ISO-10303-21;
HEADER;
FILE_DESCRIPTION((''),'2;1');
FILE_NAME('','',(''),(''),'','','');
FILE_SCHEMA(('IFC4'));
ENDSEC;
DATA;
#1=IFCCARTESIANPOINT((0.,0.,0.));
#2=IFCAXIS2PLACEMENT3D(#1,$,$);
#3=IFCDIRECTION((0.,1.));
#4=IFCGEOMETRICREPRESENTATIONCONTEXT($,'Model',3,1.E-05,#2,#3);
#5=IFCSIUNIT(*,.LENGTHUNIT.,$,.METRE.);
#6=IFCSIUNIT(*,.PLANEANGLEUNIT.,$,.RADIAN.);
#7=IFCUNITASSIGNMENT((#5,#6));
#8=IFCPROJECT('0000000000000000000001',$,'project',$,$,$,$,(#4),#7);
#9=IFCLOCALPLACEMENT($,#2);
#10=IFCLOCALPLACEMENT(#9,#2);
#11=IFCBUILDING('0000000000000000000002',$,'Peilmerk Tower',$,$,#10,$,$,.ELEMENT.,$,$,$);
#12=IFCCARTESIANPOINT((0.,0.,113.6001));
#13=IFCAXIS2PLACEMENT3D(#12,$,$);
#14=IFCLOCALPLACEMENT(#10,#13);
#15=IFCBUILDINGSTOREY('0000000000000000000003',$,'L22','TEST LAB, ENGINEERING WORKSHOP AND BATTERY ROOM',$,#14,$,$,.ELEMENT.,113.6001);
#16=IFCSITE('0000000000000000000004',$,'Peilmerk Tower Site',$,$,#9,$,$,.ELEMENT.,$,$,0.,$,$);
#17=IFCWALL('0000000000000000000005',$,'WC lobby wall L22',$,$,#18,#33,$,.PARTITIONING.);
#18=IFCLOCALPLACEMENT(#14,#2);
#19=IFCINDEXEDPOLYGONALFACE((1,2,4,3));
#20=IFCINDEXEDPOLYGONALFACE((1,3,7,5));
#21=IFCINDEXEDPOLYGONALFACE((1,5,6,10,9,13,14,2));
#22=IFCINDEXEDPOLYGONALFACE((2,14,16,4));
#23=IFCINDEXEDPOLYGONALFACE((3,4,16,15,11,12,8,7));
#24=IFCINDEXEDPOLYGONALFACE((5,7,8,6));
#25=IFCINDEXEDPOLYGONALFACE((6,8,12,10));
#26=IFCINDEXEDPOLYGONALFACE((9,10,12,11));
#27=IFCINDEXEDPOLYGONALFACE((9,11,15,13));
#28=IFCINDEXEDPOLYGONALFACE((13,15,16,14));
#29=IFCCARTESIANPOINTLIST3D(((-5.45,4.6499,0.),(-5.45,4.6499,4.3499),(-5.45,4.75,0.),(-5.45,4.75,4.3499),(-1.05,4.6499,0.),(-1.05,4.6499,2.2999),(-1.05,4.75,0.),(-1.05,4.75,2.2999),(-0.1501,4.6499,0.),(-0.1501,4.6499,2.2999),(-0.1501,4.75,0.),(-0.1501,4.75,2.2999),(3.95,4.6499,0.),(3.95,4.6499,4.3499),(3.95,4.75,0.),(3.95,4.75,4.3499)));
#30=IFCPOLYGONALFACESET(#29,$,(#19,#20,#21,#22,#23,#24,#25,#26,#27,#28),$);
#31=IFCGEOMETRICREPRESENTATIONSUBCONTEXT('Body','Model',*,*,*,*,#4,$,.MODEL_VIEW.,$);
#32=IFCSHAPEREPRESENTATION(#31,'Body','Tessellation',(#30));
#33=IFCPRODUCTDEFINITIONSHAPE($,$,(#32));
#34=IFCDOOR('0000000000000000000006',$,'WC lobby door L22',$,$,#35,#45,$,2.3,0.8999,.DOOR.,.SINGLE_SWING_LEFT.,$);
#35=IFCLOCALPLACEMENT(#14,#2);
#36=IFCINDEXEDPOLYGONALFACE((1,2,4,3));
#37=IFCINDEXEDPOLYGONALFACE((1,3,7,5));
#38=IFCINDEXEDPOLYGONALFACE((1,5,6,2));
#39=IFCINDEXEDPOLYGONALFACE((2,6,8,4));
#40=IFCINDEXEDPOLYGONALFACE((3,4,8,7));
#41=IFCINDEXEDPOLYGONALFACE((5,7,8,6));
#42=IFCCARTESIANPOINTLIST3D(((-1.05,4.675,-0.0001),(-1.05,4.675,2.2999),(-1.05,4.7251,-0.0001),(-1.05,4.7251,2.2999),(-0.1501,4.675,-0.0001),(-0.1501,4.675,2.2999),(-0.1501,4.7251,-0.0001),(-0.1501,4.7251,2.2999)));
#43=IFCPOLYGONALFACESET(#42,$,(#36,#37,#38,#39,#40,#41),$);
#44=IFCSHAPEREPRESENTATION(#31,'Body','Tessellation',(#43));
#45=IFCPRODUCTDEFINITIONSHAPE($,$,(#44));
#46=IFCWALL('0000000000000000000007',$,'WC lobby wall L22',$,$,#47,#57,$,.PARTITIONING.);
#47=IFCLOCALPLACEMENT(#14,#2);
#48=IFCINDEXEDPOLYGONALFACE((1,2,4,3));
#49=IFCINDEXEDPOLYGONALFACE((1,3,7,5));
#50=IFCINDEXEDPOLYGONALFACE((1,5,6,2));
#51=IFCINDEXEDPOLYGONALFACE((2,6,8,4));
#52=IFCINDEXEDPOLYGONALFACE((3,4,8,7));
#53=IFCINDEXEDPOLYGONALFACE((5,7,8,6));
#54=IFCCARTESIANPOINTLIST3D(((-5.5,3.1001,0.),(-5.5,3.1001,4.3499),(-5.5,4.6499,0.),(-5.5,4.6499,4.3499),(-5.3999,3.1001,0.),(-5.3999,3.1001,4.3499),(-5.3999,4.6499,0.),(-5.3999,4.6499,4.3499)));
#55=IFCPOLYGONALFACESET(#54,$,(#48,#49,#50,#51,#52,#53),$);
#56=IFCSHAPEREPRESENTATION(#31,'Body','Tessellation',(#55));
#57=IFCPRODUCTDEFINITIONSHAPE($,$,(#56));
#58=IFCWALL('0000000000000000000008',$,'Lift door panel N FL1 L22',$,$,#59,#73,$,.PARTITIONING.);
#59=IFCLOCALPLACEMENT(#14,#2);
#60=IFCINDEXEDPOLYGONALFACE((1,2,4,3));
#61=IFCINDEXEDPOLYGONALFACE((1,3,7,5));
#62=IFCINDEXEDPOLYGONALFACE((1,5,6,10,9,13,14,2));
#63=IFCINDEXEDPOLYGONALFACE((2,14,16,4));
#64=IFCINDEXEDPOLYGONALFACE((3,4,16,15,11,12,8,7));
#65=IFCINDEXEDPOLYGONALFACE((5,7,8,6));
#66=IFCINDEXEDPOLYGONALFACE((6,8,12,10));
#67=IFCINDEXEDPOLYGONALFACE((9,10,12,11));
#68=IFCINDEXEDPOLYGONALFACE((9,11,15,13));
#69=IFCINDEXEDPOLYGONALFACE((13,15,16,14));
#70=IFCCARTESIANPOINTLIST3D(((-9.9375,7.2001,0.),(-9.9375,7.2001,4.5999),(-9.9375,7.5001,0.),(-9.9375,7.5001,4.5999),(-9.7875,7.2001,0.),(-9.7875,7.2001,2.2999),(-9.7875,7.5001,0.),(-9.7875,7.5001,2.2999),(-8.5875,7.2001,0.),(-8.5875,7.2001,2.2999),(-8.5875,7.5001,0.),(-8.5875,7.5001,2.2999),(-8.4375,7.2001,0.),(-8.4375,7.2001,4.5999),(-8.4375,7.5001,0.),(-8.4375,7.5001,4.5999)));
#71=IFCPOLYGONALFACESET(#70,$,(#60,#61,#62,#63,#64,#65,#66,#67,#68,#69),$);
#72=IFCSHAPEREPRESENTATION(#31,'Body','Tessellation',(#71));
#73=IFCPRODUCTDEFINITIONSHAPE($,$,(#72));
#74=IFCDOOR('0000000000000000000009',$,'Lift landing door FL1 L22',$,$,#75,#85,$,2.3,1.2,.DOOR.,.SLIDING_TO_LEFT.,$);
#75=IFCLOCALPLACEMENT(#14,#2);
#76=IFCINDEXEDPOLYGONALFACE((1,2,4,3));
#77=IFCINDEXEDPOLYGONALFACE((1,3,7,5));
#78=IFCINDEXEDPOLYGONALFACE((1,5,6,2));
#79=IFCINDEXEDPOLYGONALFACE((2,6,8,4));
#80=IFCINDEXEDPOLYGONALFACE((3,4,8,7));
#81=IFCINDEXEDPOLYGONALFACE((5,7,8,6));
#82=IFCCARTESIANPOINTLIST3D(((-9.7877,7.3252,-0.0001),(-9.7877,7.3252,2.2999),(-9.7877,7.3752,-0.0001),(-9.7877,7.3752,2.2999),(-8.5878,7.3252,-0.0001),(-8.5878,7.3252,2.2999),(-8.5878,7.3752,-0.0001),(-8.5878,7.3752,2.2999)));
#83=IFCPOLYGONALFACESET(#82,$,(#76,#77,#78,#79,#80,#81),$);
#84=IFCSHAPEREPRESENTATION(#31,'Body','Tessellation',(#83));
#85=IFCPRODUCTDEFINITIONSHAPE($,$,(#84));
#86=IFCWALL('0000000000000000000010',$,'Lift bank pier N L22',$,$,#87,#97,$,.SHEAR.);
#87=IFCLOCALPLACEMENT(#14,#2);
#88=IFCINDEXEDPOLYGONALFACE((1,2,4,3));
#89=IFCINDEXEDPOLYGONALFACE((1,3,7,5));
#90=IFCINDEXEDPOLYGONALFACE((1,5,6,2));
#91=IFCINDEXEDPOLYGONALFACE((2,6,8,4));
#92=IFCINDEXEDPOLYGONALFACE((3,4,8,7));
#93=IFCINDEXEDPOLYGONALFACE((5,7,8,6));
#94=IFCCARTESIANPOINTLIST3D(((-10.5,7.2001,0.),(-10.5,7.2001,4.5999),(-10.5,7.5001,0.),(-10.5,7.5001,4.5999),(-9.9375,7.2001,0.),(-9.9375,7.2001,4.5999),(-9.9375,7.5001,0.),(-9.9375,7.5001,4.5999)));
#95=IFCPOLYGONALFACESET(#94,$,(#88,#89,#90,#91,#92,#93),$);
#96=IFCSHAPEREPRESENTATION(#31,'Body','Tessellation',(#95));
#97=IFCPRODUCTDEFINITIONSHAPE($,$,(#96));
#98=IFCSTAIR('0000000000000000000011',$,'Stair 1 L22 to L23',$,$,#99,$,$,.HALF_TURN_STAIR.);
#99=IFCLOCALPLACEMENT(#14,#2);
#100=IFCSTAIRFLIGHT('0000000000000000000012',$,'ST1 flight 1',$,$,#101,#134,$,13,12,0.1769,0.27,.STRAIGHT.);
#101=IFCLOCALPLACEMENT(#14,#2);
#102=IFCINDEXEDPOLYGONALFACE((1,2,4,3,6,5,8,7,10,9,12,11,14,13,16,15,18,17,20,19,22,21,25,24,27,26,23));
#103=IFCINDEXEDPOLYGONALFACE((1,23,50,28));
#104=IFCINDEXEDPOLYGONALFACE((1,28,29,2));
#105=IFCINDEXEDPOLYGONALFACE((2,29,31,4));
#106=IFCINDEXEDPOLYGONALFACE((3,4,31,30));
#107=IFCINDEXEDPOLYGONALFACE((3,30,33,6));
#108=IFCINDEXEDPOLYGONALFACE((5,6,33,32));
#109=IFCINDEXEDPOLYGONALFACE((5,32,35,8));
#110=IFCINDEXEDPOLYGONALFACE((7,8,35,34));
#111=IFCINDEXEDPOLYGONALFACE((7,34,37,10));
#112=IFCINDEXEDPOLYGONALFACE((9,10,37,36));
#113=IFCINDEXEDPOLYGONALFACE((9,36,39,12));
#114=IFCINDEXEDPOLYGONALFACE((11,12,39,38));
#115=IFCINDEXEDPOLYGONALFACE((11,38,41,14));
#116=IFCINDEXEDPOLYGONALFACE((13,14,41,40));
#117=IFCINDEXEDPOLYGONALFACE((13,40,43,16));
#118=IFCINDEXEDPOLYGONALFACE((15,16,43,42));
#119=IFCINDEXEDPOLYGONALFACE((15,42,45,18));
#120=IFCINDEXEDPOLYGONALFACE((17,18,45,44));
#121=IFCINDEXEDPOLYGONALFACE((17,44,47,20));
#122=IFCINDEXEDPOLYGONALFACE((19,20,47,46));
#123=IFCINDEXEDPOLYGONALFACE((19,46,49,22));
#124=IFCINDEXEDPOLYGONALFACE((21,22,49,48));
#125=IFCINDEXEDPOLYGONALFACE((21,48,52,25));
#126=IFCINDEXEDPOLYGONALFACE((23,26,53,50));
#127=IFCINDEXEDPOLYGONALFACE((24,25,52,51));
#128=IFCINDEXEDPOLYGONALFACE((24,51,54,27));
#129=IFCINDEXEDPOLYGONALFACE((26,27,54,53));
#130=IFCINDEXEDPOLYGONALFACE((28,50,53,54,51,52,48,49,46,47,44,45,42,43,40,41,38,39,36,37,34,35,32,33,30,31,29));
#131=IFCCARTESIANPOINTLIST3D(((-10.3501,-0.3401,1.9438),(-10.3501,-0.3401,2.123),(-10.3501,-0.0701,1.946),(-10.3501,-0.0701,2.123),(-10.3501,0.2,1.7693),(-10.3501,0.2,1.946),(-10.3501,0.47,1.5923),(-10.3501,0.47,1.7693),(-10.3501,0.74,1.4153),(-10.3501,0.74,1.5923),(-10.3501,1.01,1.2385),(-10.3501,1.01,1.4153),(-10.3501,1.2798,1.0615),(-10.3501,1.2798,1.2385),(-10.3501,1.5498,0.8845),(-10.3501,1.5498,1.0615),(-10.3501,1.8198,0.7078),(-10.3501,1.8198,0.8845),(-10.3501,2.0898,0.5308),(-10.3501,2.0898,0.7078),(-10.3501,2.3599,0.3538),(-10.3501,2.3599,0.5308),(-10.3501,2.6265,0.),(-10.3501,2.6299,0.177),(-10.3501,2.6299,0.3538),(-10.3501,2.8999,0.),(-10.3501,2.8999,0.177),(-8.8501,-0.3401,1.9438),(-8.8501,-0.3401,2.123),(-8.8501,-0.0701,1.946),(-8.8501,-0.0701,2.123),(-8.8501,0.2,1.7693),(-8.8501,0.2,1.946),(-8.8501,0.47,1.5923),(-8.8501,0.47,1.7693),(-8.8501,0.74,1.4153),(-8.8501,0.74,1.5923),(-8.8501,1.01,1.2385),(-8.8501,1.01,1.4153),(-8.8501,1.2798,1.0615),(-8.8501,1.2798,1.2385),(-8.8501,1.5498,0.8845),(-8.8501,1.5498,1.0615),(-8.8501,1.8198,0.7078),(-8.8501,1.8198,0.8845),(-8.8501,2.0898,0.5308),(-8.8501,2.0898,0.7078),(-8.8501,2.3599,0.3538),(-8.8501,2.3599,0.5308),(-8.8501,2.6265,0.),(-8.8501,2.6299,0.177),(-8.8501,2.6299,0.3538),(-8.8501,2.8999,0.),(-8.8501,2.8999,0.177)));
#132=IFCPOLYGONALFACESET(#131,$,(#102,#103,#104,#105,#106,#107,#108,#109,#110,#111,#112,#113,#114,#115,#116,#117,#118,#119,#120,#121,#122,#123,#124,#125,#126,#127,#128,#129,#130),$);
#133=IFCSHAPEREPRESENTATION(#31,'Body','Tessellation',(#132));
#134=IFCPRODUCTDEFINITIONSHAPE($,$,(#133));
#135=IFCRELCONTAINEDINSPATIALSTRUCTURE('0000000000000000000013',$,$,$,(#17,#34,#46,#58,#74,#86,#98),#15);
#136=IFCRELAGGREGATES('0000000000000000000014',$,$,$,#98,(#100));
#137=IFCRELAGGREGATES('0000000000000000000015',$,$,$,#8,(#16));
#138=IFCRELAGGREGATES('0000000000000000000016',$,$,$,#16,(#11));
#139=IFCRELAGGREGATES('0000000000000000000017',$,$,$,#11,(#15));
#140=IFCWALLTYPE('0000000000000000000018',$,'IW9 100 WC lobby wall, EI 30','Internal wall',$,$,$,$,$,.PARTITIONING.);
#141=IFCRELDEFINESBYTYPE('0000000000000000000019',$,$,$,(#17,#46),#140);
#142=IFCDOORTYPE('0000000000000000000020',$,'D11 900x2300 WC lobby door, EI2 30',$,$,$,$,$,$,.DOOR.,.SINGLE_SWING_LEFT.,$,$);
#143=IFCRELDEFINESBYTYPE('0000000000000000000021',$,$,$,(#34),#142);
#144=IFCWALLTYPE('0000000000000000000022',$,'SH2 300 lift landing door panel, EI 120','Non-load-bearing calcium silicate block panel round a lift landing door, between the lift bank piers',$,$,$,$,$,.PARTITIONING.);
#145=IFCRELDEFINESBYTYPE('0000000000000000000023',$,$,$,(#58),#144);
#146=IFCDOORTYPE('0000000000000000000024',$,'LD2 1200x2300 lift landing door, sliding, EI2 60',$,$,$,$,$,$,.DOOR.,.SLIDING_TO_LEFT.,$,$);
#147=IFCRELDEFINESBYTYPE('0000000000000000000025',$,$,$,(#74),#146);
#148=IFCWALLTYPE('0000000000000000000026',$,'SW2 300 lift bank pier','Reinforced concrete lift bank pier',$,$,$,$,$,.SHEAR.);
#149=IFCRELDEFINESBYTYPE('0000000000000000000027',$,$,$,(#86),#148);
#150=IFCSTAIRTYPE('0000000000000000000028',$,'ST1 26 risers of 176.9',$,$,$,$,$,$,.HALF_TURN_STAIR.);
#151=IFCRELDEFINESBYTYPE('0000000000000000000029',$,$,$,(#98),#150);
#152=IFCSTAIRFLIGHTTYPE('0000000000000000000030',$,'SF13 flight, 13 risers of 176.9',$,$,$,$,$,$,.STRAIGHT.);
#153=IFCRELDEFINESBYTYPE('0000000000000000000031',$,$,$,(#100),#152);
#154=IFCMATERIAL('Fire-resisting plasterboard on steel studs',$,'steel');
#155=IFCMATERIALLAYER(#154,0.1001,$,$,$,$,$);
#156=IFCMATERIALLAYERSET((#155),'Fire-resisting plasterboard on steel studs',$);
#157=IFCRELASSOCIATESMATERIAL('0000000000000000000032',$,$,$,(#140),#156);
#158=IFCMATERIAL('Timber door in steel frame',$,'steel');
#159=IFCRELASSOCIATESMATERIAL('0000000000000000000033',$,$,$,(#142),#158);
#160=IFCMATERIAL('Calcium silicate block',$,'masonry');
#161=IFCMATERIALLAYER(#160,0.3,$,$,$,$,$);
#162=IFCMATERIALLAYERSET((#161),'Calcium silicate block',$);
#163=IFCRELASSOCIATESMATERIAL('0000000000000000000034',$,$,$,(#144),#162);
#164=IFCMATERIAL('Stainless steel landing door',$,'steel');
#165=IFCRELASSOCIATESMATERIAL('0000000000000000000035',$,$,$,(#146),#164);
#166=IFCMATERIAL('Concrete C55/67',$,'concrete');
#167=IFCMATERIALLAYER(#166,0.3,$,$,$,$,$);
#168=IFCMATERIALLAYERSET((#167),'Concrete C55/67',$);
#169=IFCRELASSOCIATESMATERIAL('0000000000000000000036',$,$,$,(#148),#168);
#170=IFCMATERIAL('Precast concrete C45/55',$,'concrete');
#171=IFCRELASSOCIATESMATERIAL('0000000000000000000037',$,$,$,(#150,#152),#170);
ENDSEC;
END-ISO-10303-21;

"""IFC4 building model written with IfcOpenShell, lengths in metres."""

from ifc_helpers import new_model, si_unit, direction, frame, frame_2d, origin, place, context, subcontext, project, spatial, polyline, rectangle, outline, extrude, material, layer, layer_set, type_object, element, fill, aggregate, save


model = new_model("IFC4")

# Units and contexts
model_context = context("Model", 3, precision=1e-05, world=origin(), true_north=direction((0.0, 1.0)))
body_context = subcontext(model_context, "Body", "Model", "MODEL_VIEW")
ifc_project = project(units=[si_unit("LENGTHUNIT", "METRE"), si_unit("PLANEANGLEUNIT", "RADIAN")], contexts=[model_context])

# Site, building, storey
site_placement = place(None, origin())
site = spatial("IfcSite", under=ifc_project, at=site_placement, Name="Peilmerk Tower Site", CompositionType="ELEMENT", RefElevation=0.0)
building_placement = place(site_placement, origin())
building = spatial("IfcBuilding", under=site, at=building_placement, Name="Peilmerk Tower", CompositionType="ELEMENT")
storey_placement = place(building_placement, frame((0.0, 0.0, 113.6001)))
storey = spatial("IfcBuildingStorey", under=building, at=storey_placement, Name="L22", Description="TEST LAB, ENGINEERING WORKSHOP AND BATTERY ROOM", CompositionType="ELEMENT", Elevation=113.6001)

# Shared definitions
ifc_material_1 = material(Name="Concrete C55/67", Category="concrete")

# Shared definitions
ifc_material_2 = material(Name="Timber door in steel frame", Category="steel")

# Wall, opening, door
ifc_material_3 = material(Name="Fire-resisting plasterboard on steel studs", Category="steel")
ifc_layer_1 = layer(ifc_material_3, 0.1001)
ifc_layer_set_1 = layer_set([ifc_layer_1], Name="Fire-resisting plasterboard on steel studs")
wall_type_1 = type_object("IfcWallType", Name="IW9 100 WC lobby wall, EI 30", Description="Internal wall", PredefinedType="PARTITIONING", material=ifc_layer_set_1)
wall_1_placement = place(storey_placement, frame((-5.45, 4.7, 0.0), z_axis=(0.0, 0.0, 1.0), x_axis=(1.0, 0.0, 0.0)))
wall_1 = element("IfcWall", 1, at=wall_1_placement, inside=storey, type_object=wall_type_1, Name="WC lobby wall L22", PredefinedType="PARTITIONING", context=body_context, shape_type="SweptSolid", body=[
    extrude(rectangle(XDim=9.3999, YDim=0.1001, at=frame_2d((4.7, 0.0))), origin(), (0.0, 0.0, 1.0), 4.3499),
])
opening_1_placement = place(wall_1_placement, frame((4.3999, 0.0, 0.0)))
opening_1 = element("IfcOpeningElement", 2, at=opening_1_placement, cuts=wall_1, PredefinedType="OPENING", context=body_context, shape_type="SweptSolid", body=[
    extrude(rectangle(XDim=0.8999, YDim=2.3, at=frame_2d((0.45, 1.1499))), frame((0.0, 0.0601, 0.0), z_axis=(0.0, -1.0, 0.0), x_axis=(1.0, 0.0, 0.0)), (0.0, 0.0, 1.0), 0.1201),
])
door_type_1 = type_object("IfcDoorType", Name="D11 900x2300 WC lobby door, EI2 30", OperationType="SINGLE_SWING_LEFT", PredefinedType="DOOR", material=ifc_material_2)
door_1_placement = place(opening_1_placement, frame((0.8999, 0.0, 0.0), z_axis=(0.0, 0.0, 1.0), x_axis=(-1.0, 0.0, 0.0)))
door_1 = element("IfcDoor", 3, at=door_1_placement, inside=storey, type_object=door_type_1, Name="WC lobby door L22", OperationType="SINGLE_SWING_LEFT", OverallHeight=2.3, OverallWidth=0.8999, PredefinedType="DOOR", context=body_context, shape_type="SweptSolid", body=[
    extrude(rectangle(XDim=0.8999, YDim=2.3, at=frame_2d((0.45, 1.1499))), frame((0.0, 0.0249, 0.0), z_axis=(0.0, -1.0, 0.0), x_axis=(1.0, 0.0, 0.0)), (0.0, 0.0, 1.0), 0.05),
])
fill(opening_1, door_1)

# Wall
wall_2_placement = place(storey_placement, frame((-5.45, 3.1001, 0.0), z_axis=(0.0, 0.0, 1.0), x_axis=(0.0, 1.0, 0.0)))
element("IfcWall", 4, at=wall_2_placement, inside=storey, type_object=wall_type_1, Name="WC lobby wall L22", PredefinedType="PARTITIONING", context=body_context, shape_type="SweptSolid", body=[
    extrude(rectangle(XDim=1.5498, YDim=0.1001, at=frame_2d((0.7749, 0.0))), origin(), (0.0, 0.0, 1.0), 4.3499),
])

# Wall, opening, door
ifc_material_4 = material(Name="Calcium silicate block", Category="masonry")
ifc_layer_2 = layer(ifc_material_4, 0.3)
ifc_layer_set_2 = layer_set([ifc_layer_2], Name="Calcium silicate block")
wall_type_2 = type_object("IfcWallType", Name="SH2 300 lift landing door panel, EI 120", Description="Non-load-bearing calcium silicate block panel round a lift landing door, between the lift bank piers", PredefinedType="PARTITIONING", material=ifc_layer_set_2)
wall_3_placement = place(storey_placement, frame((-9.9375, 7.3501, 0.0), z_axis=(0.0, 0.0, 1.0), x_axis=(1.0, 0.0, 0.0)))
wall_3 = element("IfcWall", 5, at=wall_3_placement, inside=storey, type_object=wall_type_2, Name="Lift door panel N FL1 L22", PredefinedType="PARTITIONING", context=body_context, shape_type="SweptSolid", body=[
    extrude(rectangle(XDim=1.5, YDim=0.3, at=frame_2d((0.75, 0.0))), origin(), (0.0, 0.0, 1.0), 4.5999),
])
opening_2_placement = place(wall_3_placement, frame((0.1499, 0.0, 0.0)))
opening_2 = element("IfcOpeningElement", 6, at=opening_2_placement, cuts=wall_3, PredefinedType="OPENING", context=body_context, shape_type="SweptSolid", body=[
    extrude(rectangle(XDim=1.2, YDim=2.3, at=frame_2d((0.6001, 1.1499))), frame((0.0, 0.1599, 0.0), z_axis=(0.0, -1.0, 0.0), x_axis=(1.0, 0.0, 0.0)), (0.0, 0.0, 1.0), 0.3201),
])
ifc_material_5 = material(Name="Stainless steel landing door", Category="steel")
door_type_2 = type_object("IfcDoorType", Name="LD2 1200x2300 lift landing door, sliding, EI2 60", OperationType="SLIDING_TO_LEFT", PredefinedType="DOOR", material=ifc_material_5)
door_2_placement = place(opening_2_placement, frame((1.2, 0.0, 0.0), z_axis=(0.0, 0.0, 1.0), x_axis=(-1.0, 0.0, 0.0)))
door_2 = element("IfcDoor", 7, at=door_2_placement, inside=storey, type_object=door_type_2, Name="Lift landing door FL1 L22", OperationType="SLIDING_TO_LEFT", OverallHeight=2.3, OverallWidth=1.2, PredefinedType="DOOR", context=body_context, shape_type="SweptSolid", body=[
    extrude(rectangle(XDim=1.2, YDim=2.3, at=frame_2d((0.6001, 1.1499))), frame((0.0, 0.0249, 0.0), z_axis=(0.0, -1.0, 0.0), x_axis=(1.0, 0.0, 0.0)), (0.0, 0.0, 1.0), 0.05),
])
fill(opening_2, door_2)

# Wall
ifc_layer_3 = layer(ifc_material_1, 0.3)
ifc_layer_set_3 = layer_set([ifc_layer_3], Name="Concrete C55/67")
wall_type_3 = type_object("IfcWallType", Name="SW2 300 lift bank pier", Description="Reinforced concrete lift bank pier", PredefinedType="SHEAR", material=ifc_layer_set_3)
wall_4_placement = place(storey_placement, frame((-10.5, 7.3501, 0.0), z_axis=(0.0, 0.0, 1.0), x_axis=(1.0, 0.0, 0.0)))
element("IfcWall", 8, at=wall_4_placement, inside=storey, type_object=wall_type_3, Name="Lift bank pier N L22", PredefinedType="SHEAR", context=body_context, shape_type="SweptSolid", body=[
    extrude(rectangle(XDim=0.5625, YDim=0.3, at=frame_2d((0.2812, 0.0))), origin(), (0.0, 0.0, 1.0), 4.5999),
])

# Stair, stair flight
ifc_material_6 = material(Name="Precast concrete C45/55", Category="concrete")
stair_type = type_object("IfcStairType", Name="ST1 26 risers of 176.9", PredefinedType="HALF_TURN_STAIR", material=ifc_material_6)
stair_placement = place(storey_placement, origin())
stair = element("IfcStair", 9, at=stair_placement, inside=storey, type_object=stair_type, Name="Stair 1 L22 to L23", PredefinedType="HALF_TURN_STAIR")
stair_flight_type = type_object("IfcStairFlightType", Name="SF13 flight, 13 risers of 176.9", PredefinedType="STRAIGHT", material=ifc_material_6)
stair_flight_placement = place(storey_placement, frame((-9.6001, 2.8999, 0.0), z_axis=(0.0, 0.0, 1.0), x_axis=(0.0, -1.0, 0.0)))
stair_flight = element("IfcStairFlight", 10, at=stair_flight_placement, type_object=stair_flight_type, Name="ST1 flight 1", NumberOfRisers=13, NumberOfTreads=12, PredefinedType="STRAIGHT", RiserHeight=0.1769, TreadLength=0.27, context=body_context, shape_type="SweptSolid", body=[
    extrude(outline(polyline([(0.0, 0.0), (0.0, 0.177), (0.27, 0.177), (0.27, 0.3538), (0.54, 0.3538), (0.54, 0.5308), (0.8101, 0.5308), (0.8101, 0.7078), (1.0801, 0.7078), (1.0801, 0.8845), (1.3501, 0.8845), (1.3501, 1.0615), (1.6201, 1.0615), (1.6201, 1.2385), (1.8899, 1.2385), (1.8899, 1.4153), (2.1599, 1.4153), (2.1599, 1.5923), (2.4299, 1.5923), (2.4299, 1.7693), (2.7, 1.7693), (2.7, 1.946), (2.97, 1.946), (2.97, 2.123), (3.24, 2.123), (3.24, 2.3), (3.24, 1.9438), (0.2734, 0.0), (0.0, 0.0)])), frame((0.0, 0.75, 0.0), z_axis=(0.0, -1.0, 0.0), x_axis=(1.0, 0.0, 0.0)), (0.0, 0.0, 1.0), 1.5),
])
aggregate(stair, [stair_flight])

save(model, "model.ifc")
